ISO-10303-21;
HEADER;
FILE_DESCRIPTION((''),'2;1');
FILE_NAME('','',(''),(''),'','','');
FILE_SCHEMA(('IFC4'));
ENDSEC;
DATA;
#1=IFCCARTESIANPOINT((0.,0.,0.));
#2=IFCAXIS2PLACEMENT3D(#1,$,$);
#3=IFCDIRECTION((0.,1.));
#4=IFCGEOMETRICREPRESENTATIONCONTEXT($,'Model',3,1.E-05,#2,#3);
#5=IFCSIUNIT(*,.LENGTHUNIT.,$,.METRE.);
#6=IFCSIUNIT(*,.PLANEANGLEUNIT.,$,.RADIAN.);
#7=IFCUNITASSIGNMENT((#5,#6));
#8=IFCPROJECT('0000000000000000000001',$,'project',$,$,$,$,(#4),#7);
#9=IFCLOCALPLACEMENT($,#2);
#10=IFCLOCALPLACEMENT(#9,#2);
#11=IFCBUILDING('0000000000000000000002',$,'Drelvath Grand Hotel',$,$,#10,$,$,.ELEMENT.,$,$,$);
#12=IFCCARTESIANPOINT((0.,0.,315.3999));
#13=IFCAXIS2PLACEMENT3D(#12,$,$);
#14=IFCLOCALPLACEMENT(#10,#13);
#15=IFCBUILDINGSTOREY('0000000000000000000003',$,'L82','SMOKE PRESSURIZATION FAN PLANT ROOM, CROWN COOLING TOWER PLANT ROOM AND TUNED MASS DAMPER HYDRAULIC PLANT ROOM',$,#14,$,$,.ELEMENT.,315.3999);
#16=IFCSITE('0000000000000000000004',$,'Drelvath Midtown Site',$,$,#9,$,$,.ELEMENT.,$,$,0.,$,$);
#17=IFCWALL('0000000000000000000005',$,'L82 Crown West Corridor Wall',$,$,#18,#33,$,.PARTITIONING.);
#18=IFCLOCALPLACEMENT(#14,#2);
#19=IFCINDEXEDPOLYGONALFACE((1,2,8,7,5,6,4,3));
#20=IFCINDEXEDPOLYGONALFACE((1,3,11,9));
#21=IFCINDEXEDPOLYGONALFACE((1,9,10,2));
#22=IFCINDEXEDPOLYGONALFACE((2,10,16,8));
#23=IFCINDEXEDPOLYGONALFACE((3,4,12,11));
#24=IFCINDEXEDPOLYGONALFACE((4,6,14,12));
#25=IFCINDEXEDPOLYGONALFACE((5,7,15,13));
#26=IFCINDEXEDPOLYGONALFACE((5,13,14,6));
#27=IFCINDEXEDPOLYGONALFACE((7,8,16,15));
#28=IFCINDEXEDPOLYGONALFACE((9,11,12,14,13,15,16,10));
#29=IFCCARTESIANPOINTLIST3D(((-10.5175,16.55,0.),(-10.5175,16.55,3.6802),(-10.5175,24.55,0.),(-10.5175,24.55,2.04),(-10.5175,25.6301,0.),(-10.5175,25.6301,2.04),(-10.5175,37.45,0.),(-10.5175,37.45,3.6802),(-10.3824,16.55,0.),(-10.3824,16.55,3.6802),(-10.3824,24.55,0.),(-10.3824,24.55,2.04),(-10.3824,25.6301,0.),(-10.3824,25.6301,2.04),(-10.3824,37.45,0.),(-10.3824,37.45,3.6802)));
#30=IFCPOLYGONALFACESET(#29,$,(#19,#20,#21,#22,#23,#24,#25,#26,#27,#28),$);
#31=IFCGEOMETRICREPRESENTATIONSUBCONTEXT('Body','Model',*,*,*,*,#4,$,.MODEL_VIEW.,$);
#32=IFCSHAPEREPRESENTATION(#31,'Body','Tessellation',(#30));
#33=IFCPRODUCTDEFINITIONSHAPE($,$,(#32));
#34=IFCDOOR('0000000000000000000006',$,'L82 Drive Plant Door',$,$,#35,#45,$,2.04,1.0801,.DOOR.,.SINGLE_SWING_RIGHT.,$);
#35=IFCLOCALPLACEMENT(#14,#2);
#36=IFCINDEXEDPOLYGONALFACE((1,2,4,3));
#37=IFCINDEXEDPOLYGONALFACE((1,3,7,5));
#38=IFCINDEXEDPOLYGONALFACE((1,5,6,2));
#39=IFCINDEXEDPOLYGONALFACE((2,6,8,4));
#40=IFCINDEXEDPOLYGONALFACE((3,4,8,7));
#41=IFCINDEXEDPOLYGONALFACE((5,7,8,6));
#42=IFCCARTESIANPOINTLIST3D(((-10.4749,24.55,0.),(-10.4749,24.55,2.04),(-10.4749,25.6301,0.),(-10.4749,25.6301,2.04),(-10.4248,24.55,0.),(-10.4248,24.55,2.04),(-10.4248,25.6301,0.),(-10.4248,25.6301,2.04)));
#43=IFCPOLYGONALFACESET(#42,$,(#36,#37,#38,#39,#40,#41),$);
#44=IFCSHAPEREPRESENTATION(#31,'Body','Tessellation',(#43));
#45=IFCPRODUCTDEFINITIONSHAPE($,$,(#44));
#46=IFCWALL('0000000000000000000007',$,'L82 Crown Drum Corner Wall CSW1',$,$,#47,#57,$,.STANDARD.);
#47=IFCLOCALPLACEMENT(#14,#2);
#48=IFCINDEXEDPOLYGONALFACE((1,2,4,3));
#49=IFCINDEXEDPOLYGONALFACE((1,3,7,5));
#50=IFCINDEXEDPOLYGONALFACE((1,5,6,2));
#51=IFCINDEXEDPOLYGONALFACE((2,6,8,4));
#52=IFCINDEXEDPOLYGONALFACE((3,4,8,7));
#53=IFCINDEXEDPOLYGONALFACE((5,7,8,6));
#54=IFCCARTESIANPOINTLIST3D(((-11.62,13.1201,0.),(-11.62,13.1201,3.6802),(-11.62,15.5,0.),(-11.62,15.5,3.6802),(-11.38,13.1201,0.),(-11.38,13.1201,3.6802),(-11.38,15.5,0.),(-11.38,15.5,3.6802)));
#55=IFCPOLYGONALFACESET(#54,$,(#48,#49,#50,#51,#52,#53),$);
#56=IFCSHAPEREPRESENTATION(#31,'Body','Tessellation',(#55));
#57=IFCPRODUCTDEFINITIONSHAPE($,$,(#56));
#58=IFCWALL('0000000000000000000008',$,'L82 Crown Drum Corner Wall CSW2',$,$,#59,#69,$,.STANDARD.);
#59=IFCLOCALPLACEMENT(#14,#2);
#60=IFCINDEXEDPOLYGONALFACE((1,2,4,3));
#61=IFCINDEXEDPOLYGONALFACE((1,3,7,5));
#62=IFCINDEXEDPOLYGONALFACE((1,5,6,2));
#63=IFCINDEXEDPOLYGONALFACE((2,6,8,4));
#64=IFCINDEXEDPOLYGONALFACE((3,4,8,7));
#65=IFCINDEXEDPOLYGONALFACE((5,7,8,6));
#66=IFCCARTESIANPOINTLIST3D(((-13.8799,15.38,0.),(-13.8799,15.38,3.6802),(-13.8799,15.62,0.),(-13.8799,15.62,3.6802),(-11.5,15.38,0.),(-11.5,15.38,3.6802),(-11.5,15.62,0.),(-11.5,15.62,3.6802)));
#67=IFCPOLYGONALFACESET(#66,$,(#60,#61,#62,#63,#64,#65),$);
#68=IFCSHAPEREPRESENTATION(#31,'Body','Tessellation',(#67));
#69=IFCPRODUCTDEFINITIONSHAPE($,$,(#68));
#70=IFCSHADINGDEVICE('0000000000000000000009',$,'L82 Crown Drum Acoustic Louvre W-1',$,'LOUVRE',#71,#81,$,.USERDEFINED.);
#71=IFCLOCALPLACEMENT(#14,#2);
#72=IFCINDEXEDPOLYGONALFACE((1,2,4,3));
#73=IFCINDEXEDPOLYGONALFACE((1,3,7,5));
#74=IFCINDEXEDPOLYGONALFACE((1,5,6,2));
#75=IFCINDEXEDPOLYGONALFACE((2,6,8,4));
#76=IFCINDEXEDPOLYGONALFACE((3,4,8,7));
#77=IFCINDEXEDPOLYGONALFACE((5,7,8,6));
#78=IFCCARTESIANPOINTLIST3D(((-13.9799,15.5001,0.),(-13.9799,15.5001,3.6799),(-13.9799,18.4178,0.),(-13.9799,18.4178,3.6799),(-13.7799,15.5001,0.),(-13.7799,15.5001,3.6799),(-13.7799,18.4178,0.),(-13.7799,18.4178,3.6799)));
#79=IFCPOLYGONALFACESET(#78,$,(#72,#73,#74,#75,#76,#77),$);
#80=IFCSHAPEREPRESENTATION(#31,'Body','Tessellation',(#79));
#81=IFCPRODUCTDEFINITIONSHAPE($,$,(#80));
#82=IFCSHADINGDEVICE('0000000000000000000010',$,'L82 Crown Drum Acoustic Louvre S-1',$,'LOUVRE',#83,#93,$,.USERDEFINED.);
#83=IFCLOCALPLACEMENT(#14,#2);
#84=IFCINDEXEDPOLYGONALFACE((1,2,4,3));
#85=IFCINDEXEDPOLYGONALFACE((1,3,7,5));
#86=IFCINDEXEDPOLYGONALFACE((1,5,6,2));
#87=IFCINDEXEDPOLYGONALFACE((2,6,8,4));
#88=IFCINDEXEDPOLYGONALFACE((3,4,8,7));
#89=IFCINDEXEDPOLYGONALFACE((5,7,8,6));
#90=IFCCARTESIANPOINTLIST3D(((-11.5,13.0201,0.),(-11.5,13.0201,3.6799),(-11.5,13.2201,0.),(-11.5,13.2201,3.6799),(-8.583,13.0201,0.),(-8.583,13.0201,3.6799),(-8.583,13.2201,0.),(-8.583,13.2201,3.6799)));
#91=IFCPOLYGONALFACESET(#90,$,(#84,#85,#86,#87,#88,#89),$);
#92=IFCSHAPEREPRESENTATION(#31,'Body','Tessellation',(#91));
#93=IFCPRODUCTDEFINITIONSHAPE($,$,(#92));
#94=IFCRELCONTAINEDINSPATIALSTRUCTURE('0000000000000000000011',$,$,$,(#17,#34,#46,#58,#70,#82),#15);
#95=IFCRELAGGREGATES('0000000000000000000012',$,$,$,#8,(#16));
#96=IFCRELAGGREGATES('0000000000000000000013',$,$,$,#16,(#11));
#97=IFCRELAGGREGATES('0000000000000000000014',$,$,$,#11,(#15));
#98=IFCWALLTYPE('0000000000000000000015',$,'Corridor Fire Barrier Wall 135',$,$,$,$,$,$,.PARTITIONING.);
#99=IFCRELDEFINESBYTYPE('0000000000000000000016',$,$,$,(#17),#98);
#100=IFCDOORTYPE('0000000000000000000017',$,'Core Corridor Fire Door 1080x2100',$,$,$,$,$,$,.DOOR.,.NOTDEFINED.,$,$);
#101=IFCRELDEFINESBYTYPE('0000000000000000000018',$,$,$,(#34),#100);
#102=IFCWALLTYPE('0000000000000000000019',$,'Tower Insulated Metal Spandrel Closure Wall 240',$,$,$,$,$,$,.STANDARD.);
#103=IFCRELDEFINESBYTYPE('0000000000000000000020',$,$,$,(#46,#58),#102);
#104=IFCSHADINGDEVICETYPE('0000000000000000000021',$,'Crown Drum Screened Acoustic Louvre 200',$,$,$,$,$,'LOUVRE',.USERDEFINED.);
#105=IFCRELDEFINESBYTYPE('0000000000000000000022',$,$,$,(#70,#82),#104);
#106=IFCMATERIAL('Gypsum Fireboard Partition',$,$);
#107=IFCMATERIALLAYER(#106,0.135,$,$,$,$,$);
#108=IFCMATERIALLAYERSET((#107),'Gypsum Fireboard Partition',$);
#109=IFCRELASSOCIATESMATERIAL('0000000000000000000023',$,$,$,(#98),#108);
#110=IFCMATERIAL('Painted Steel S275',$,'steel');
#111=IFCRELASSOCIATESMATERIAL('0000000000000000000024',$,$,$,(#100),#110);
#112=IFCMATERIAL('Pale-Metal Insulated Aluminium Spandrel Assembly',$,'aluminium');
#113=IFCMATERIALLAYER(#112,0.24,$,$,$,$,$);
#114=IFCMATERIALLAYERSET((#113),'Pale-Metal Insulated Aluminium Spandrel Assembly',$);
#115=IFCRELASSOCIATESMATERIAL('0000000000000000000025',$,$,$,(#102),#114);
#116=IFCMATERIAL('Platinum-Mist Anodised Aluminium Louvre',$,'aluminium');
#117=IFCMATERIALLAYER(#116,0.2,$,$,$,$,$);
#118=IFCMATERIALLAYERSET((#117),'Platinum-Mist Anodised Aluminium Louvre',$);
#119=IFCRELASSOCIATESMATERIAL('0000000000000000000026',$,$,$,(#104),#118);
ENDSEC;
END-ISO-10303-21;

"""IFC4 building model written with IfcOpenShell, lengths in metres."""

from ifc_helpers import new_model, si_unit, direction, frame, frame_2d, origin, origin_2d, place, context, subcontext, project, spatial, rectangle, extrude, material, layer, layer_set, type_object, element, fill, save


model = new_model("IFC4")

# Units and contexts
model_context = context("Model", 3, precision=1e-05, world=origin(), true_north=direction((0.0, 1.0)))
body_context = subcontext(model_context, "Body", "Model", "MODEL_VIEW")
ifc_project = project(units=[si_unit("LENGTHUNIT", "METRE"), si_unit("PLANEANGLEUNIT", "RADIAN")], contexts=[model_context])

# Site, building, storey
site_placement = place(None, origin())
site = spatial("IfcSite", under=ifc_project, at=site_placement, Name="Drelvath Midtown Site", CompositionType="ELEMENT", RefElevation=0.0)
building_placement = place(site_placement, origin())
building = spatial("IfcBuilding", under=site, at=building_placement, Name="Drelvath Grand Hotel", CompositionType="ELEMENT")
storey_placement = place(building_placement, frame((0.0, 0.0, 315.3999)))
storey = spatial("IfcBuildingStorey", under=building, at=storey_placement, Name="L82", Description="SMOKE PRESSURIZATION FAN PLANT ROOM, CROWN COOLING TOWER PLANT ROOM AND TUNED MASS DAMPER HYDRAULIC PLANT ROOM", CompositionType="ELEMENT", Elevation=315.3999)

# Shared definitions
ifc_material_1 = material(Name="Gypsum Fireboard Partition")
ifc_layer_1 = layer(ifc_material_1, 0.135)
ifc_layer_set_1 = layer_set([ifc_layer_1], Name="Gypsum Fireboard Partition")
wall_type_1 = type_object("IfcWallType", Name="Corridor Fire Barrier Wall 135", PredefinedType="PARTITIONING", material=ifc_layer_set_1)
ifc_material_2 = material(Name="Painted Steel S275", Category="steel")
door_type = type_object("IfcDoorType", Name="Core Corridor Fire Door 1080x2100", OperationType="NOTDEFINED", PredefinedType="DOOR", material=ifc_material_2)

# Wall, opening, door
wall_1_placement = place(storey_placement, frame((-10.45, 16.55, 0.0), z_axis=(0.0, 0.0, 1.0), x_axis=(0.0, 1.0, 0.0)))
wall_1 = element("IfcWall", 1, at=wall_1_placement, inside=storey, type_object=wall_type_1, Name="L82 Crown West Corridor Wall", PredefinedType="PARTITIONING", context=body_context, shape_type="SweptSolid", body=[
    extrude(rectangle(XDim=20.8999, YDim=0.135, at=frame_2d((10.45, 0.0))), origin(), (0.0, 0.0, 1.0), 3.6802),
])
opening_1_placement = place(wall_1_placement, frame((8.0, 0.0, 0.0)))
opening_1 = element("IfcOpeningElement", 2, at=opening_1_placement, cuts=wall_1, PredefinedType="OPENING", context=body_context, shape_type="SweptSolid", body=[
    extrude(rectangle(XDim=1.0801, YDim=2.04, at=frame_2d((0.54, 1.02))), frame((0.0, 0.0774, 0.0), z_axis=(0.0, -1.0, 0.0), x_axis=(1.0, 0.0, 0.0)), (0.0, 0.0, 1.0), 0.155),
])
door_1_placement = place(opening_1_placement, origin())
door_1 = element("IfcDoor", 3, at=door_1_placement, inside=storey, type_object=door_type, Name="L82 Drive Plant Door", OperationType="SINGLE_SWING_RIGHT", OverallHeight=2.04, OverallWidth=1.0801, PredefinedType="DOOR", context=body_context, shape_type="SweptSolid", body=[
    extrude(rectangle(XDim=1.0801, YDim=2.04, at=frame_2d((0.54, 1.02))), frame((0.0, 0.0249, 0.0), z_axis=(0.0, -1.0, 0.0), x_axis=(1.0, 0.0, 0.0)), (0.0, 0.0, 1.0), 0.05),
])
fill(opening_1, door_1)

# Walls
ifc_material_3 = material(Name="Pale-Metal Insulated Aluminium Spandrel Assembly", Category="aluminium")
ifc_layer_2 = layer(ifc_material_3, 0.24)
ifc_layer_set_2 = layer_set([ifc_layer_2], Name="Pale-Metal Insulated Aluminium Spandrel Assembly")
wall_type_2 = type_object("IfcWallType", Name="Tower Insulated Metal Spandrel Closure Wall 240", PredefinedType="STANDARD", material=ifc_layer_set_2)
for number, where, z_axis, x_axis, name in (
    (4, (-11.5, 13.1201, 0.0), (0.0, 0.0, 1.0), (0.0, 1.0, 0.0), "L82 Crown Drum Corner Wall CSW1"),
    (5, (-11.5, 15.5, 0.0), (0.0, 0.0, 1.0), (-1.0, 0.0, 0.0), "L82 Crown Drum Corner Wall CSW2"),
):
    element("IfcWall", number, at=place(storey_placement, frame(where, z_axis=z_axis, x_axis=x_axis)), inside=storey, type_object=wall_type_2, Name=name, PredefinedType="STANDARD", context=body_context, shape_type="SweptSolid", body=[
        extrude(rectangle(XDim=2.3799, YDim=0.24, at=frame_2d((1.1899, 0.0))), origin(), (0.0, 0.0, 1.0), 3.6802),
    ])

# Shading devices
ifc_material_4 = material(Name="Platinum-Mist Anodised Aluminium Louvre", Category="aluminium")
ifc_layer_3 = layer(ifc_material_4, 0.2)
ifc_layer_set_3 = layer_set([ifc_layer_3], Name="Platinum-Mist Anodised Aluminium Louvre")
shading_device_type = type_object("IfcShadingDeviceType", Name="Crown Drum Screened Acoustic Louvre 200", ElementType="LOUVRE", PredefinedType="USERDEFINED", material=ifc_layer_set_3)
shading_device_1_placement = place(storey_placement, frame((-13.8799, 16.959, 0.0), z_axis=(0.0, 0.0, 1.0), x_axis=(0.0, 1.0, 0.0)))
element("IfcShadingDevice", 6, at=shading_device_1_placement, inside=storey, type_object=shading_device_type, Name="L82 Crown Drum Acoustic Louvre W-1", ObjectType="LOUVRE", PredefinedType="USERDEFINED", context=body_context, shape_type="SweptSolid", body=[
    extrude(rectangle(XDim=2.9177, YDim=0.2, at=origin_2d()), origin(), (0.0, 0.0, 1.0), 3.6799),
])
shading_device_2_placement = place(storey_placement, frame((-10.0415, 13.1201, 0.0), z_axis=(0.0, 0.0, 1.0), x_axis=(1.0, 0.0, 0.0)))
element("IfcShadingDevice", 7, at=shading_device_2_placement, inside=storey, type_object=shading_device_type, Name="L82 Crown Drum Acoustic Louvre S-1", ObjectType="LOUVRE", PredefinedType="USERDEFINED", context=body_context, shape_type="SweptSolid", body=[
    extrude(rectangle(XDim=2.917, YDim=0.2, at=origin_2d()), origin(), (0.0, 0.0, 1.0), 3.6799),
])

save(model, "model.ifc")
